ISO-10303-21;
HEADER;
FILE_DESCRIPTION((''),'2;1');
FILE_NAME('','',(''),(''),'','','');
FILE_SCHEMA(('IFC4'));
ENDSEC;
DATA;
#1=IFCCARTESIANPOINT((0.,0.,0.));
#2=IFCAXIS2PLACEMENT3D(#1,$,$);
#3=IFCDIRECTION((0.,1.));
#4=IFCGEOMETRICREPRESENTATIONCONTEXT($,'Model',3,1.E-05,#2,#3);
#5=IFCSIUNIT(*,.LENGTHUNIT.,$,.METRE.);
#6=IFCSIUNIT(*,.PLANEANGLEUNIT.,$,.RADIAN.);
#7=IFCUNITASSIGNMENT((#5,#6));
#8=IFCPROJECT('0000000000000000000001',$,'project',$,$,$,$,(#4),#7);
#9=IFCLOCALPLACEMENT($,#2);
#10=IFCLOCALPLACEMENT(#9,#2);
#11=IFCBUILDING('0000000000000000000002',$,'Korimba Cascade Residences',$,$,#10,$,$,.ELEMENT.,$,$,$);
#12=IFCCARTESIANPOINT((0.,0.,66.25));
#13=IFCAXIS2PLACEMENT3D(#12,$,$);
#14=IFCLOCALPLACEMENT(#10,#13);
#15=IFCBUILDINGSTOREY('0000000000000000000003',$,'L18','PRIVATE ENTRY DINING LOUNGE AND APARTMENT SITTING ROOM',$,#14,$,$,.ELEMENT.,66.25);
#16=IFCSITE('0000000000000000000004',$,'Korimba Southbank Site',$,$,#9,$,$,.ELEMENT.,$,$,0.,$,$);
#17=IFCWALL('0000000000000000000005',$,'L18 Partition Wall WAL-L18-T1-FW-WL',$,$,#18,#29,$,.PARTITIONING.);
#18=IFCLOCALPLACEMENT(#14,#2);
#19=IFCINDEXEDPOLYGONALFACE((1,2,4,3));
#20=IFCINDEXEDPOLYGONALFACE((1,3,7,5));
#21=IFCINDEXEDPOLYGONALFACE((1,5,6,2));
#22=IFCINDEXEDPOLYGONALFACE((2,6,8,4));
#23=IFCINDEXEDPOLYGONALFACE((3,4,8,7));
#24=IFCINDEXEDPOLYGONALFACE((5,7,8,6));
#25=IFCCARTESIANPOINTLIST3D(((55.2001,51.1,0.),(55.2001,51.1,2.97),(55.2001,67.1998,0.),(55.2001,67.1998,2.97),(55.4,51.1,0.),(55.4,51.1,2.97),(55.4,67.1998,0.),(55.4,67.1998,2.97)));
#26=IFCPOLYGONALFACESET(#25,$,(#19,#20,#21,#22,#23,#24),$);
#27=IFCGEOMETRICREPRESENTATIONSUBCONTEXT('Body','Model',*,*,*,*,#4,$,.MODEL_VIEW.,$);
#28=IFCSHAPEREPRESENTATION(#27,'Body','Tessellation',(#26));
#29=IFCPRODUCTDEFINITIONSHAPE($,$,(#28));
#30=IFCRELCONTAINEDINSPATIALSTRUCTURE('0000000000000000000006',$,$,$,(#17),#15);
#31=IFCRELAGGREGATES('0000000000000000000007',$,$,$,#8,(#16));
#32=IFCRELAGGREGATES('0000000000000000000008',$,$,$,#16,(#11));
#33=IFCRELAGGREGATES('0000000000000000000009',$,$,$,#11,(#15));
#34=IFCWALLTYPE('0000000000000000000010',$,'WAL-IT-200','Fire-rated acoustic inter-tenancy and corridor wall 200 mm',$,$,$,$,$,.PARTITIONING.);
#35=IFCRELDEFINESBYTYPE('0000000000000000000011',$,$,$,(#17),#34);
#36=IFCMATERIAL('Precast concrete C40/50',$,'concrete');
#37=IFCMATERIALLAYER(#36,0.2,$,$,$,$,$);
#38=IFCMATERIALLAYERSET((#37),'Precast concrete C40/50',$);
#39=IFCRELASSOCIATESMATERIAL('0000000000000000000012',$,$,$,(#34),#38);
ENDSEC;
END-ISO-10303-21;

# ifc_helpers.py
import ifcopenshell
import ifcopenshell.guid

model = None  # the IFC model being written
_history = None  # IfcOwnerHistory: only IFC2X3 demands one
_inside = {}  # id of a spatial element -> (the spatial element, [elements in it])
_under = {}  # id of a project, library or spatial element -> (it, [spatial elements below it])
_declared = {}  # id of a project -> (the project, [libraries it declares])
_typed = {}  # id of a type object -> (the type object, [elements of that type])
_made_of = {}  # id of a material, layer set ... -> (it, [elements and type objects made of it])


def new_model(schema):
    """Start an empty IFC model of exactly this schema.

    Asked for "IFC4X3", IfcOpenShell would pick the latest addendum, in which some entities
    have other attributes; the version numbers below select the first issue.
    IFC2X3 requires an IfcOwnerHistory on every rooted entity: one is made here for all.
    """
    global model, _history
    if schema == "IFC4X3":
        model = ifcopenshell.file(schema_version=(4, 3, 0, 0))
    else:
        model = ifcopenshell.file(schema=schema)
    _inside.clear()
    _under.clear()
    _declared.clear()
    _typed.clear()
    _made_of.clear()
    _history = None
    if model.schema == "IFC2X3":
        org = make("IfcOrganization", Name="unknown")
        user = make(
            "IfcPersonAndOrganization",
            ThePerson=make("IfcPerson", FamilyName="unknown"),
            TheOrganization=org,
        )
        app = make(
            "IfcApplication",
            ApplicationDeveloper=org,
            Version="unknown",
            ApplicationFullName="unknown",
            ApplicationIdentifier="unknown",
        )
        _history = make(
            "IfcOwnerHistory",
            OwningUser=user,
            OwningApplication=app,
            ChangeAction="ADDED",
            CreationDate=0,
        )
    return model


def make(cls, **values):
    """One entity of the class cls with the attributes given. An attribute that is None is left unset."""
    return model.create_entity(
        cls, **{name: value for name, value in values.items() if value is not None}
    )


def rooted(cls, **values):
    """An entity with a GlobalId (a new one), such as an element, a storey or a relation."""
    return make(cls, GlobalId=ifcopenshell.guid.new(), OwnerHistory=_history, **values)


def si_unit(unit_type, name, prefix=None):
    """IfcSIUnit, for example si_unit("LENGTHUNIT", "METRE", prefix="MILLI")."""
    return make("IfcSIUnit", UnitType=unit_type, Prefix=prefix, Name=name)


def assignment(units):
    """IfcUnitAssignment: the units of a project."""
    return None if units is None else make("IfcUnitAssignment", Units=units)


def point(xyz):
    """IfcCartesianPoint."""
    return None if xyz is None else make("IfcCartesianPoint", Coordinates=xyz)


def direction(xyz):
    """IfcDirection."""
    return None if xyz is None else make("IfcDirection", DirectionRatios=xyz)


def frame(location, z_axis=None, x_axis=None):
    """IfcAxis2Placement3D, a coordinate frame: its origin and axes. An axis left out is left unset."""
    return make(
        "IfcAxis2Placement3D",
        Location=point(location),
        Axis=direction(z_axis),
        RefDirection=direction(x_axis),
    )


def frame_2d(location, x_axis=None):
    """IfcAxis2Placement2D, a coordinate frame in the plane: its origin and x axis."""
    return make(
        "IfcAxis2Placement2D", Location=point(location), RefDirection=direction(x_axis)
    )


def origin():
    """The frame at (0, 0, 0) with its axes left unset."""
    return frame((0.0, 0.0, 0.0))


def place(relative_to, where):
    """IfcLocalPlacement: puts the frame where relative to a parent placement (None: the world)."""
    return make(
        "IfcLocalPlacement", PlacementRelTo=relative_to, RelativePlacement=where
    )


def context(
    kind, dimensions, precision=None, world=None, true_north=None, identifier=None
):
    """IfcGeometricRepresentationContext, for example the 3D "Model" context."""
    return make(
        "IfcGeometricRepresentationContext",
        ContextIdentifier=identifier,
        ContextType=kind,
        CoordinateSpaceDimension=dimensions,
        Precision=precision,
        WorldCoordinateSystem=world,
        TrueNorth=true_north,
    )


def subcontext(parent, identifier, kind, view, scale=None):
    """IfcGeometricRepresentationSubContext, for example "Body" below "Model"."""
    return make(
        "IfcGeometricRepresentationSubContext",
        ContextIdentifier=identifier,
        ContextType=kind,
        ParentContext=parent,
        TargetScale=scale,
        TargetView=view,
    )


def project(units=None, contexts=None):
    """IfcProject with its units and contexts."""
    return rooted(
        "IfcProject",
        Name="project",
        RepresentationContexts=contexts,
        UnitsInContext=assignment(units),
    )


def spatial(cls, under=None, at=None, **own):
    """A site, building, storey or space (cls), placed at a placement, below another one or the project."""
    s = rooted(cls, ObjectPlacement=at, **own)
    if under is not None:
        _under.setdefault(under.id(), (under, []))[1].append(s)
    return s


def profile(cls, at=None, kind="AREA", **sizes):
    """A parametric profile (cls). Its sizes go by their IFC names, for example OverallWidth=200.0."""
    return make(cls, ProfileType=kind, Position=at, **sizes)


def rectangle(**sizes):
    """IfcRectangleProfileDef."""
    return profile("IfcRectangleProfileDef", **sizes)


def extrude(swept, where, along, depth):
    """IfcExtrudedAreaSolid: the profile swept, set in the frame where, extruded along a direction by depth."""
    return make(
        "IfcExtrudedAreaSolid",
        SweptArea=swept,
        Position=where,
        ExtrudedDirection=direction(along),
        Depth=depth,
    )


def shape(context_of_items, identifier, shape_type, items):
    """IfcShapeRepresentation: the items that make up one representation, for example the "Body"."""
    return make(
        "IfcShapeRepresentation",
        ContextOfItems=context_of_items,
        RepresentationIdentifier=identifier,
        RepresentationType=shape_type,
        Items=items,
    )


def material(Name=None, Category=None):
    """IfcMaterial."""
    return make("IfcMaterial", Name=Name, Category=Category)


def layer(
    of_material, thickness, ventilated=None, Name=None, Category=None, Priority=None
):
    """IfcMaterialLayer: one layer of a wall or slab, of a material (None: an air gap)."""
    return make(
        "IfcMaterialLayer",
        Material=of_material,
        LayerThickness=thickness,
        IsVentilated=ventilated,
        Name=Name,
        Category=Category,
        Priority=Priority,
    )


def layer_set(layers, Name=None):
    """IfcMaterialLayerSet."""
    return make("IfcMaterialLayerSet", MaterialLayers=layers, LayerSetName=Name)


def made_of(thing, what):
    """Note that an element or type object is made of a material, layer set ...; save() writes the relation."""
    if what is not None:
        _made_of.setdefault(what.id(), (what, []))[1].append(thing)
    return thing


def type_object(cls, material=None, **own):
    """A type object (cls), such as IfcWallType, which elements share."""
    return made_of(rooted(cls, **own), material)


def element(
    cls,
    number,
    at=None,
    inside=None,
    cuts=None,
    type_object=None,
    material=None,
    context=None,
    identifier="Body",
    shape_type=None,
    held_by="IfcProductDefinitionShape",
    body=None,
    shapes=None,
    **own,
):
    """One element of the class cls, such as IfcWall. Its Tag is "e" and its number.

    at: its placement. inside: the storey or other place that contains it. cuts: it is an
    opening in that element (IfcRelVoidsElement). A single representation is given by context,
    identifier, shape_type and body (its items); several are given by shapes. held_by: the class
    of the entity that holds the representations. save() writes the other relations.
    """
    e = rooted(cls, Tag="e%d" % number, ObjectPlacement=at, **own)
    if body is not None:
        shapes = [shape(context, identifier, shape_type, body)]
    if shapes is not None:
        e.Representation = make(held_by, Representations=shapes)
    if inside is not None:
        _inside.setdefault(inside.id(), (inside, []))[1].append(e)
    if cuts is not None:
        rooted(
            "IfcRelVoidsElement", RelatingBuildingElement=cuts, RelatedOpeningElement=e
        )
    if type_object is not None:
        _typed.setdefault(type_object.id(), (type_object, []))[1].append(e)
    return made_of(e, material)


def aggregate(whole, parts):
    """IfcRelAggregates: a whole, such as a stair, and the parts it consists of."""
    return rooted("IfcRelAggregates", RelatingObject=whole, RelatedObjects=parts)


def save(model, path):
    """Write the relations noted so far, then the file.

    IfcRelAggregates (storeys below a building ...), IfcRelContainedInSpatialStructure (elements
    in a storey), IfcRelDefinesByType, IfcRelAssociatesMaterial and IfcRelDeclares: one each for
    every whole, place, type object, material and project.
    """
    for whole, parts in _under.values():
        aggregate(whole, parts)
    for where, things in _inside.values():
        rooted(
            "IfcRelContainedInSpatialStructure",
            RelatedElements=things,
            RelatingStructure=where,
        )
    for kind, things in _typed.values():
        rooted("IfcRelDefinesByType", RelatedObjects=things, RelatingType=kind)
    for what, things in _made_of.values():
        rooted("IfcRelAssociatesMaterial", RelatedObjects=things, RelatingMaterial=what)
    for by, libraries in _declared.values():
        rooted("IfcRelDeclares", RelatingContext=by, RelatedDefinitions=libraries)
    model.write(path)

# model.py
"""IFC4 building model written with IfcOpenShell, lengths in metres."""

from ifc_helpers import new_model, si_unit, direction, frame, frame_2d, origin, place, context, subcontext, project, spatial, rectangle, extrude, material, layer, layer_set, type_object, element, save


model = new_model("IFC4")

# Units and contexts
model_context = context("Model", 3, precision=1e-05, world=origin(), true_north=direction((0.0, 1.0)))
body_context = subcontext(model_context, "Body", "Model", "MODEL_VIEW")
ifc_project = project(units=[si_unit("LENGTHUNIT", "METRE"), si_unit("PLANEANGLEUNIT", "RADIAN")], contexts=[model_context])

# Site, building, storey
site_placement = place(None, origin())
site = spatial("IfcSite", under=ifc_project, at=site_placement, Name="Korimba Southbank Site", CompositionType="ELEMENT", RefElevation=0.0)
building_placement = place(site_placement, origin())
building = spatial("IfcBuilding", under=site, at=building_placement, Name="Korimba Cascade Residences", CompositionType="ELEMENT")
storey_placement = place(building_placement, frame((0.0, 0.0, 66.25)))
storey = spatial("IfcBuildingStorey", under=building, at=storey_placement, Name="L18", Description="PRIVATE ENTRY DINING LOUNGE AND APARTMENT SITTING ROOM", CompositionType="ELEMENT", Elevation=66.25)

# Shared definitions
ifc_material_1 = material(Name="Precast concrete C40/50", Category="concrete")

# Wall
ifc_layer_1 = layer(ifc_material_1, 0.2)
ifc_layer_set_1 = layer_set([ifc_layer_1], Name="Precast concrete C40/50")
wall_type_1 = type_object("IfcWallType", Name="WAL-IT-200", Description="Fire-rated acoustic inter-tenancy and corridor wall 200 mm", PredefinedType="PARTITIONING", material=ifc_layer_set_1)
wall_1_placement = place(storey_placement, frame((55.3, 51.1001, 0.0), z_axis=(0.0, 0.0, 1.0), x_axis=(0.0, 1.0, 0.0)))
element("IfcWall", 1, at=wall_1_placement, inside=storey, type_object=wall_type_1, Name="L18 Partition Wall WAL-L18-T1-FW-WL", PredefinedType="PARTITIONING", context=body_context, shape_type="SweptSolid", body=[
    extrude(rectangle(XDim=16.0999, YDim=0.2, at=frame_2d((8.0498, 0.0))), origin(), (0.0, 0.0, 1.0), 2.97),
])

save(model, "model.ifc")
